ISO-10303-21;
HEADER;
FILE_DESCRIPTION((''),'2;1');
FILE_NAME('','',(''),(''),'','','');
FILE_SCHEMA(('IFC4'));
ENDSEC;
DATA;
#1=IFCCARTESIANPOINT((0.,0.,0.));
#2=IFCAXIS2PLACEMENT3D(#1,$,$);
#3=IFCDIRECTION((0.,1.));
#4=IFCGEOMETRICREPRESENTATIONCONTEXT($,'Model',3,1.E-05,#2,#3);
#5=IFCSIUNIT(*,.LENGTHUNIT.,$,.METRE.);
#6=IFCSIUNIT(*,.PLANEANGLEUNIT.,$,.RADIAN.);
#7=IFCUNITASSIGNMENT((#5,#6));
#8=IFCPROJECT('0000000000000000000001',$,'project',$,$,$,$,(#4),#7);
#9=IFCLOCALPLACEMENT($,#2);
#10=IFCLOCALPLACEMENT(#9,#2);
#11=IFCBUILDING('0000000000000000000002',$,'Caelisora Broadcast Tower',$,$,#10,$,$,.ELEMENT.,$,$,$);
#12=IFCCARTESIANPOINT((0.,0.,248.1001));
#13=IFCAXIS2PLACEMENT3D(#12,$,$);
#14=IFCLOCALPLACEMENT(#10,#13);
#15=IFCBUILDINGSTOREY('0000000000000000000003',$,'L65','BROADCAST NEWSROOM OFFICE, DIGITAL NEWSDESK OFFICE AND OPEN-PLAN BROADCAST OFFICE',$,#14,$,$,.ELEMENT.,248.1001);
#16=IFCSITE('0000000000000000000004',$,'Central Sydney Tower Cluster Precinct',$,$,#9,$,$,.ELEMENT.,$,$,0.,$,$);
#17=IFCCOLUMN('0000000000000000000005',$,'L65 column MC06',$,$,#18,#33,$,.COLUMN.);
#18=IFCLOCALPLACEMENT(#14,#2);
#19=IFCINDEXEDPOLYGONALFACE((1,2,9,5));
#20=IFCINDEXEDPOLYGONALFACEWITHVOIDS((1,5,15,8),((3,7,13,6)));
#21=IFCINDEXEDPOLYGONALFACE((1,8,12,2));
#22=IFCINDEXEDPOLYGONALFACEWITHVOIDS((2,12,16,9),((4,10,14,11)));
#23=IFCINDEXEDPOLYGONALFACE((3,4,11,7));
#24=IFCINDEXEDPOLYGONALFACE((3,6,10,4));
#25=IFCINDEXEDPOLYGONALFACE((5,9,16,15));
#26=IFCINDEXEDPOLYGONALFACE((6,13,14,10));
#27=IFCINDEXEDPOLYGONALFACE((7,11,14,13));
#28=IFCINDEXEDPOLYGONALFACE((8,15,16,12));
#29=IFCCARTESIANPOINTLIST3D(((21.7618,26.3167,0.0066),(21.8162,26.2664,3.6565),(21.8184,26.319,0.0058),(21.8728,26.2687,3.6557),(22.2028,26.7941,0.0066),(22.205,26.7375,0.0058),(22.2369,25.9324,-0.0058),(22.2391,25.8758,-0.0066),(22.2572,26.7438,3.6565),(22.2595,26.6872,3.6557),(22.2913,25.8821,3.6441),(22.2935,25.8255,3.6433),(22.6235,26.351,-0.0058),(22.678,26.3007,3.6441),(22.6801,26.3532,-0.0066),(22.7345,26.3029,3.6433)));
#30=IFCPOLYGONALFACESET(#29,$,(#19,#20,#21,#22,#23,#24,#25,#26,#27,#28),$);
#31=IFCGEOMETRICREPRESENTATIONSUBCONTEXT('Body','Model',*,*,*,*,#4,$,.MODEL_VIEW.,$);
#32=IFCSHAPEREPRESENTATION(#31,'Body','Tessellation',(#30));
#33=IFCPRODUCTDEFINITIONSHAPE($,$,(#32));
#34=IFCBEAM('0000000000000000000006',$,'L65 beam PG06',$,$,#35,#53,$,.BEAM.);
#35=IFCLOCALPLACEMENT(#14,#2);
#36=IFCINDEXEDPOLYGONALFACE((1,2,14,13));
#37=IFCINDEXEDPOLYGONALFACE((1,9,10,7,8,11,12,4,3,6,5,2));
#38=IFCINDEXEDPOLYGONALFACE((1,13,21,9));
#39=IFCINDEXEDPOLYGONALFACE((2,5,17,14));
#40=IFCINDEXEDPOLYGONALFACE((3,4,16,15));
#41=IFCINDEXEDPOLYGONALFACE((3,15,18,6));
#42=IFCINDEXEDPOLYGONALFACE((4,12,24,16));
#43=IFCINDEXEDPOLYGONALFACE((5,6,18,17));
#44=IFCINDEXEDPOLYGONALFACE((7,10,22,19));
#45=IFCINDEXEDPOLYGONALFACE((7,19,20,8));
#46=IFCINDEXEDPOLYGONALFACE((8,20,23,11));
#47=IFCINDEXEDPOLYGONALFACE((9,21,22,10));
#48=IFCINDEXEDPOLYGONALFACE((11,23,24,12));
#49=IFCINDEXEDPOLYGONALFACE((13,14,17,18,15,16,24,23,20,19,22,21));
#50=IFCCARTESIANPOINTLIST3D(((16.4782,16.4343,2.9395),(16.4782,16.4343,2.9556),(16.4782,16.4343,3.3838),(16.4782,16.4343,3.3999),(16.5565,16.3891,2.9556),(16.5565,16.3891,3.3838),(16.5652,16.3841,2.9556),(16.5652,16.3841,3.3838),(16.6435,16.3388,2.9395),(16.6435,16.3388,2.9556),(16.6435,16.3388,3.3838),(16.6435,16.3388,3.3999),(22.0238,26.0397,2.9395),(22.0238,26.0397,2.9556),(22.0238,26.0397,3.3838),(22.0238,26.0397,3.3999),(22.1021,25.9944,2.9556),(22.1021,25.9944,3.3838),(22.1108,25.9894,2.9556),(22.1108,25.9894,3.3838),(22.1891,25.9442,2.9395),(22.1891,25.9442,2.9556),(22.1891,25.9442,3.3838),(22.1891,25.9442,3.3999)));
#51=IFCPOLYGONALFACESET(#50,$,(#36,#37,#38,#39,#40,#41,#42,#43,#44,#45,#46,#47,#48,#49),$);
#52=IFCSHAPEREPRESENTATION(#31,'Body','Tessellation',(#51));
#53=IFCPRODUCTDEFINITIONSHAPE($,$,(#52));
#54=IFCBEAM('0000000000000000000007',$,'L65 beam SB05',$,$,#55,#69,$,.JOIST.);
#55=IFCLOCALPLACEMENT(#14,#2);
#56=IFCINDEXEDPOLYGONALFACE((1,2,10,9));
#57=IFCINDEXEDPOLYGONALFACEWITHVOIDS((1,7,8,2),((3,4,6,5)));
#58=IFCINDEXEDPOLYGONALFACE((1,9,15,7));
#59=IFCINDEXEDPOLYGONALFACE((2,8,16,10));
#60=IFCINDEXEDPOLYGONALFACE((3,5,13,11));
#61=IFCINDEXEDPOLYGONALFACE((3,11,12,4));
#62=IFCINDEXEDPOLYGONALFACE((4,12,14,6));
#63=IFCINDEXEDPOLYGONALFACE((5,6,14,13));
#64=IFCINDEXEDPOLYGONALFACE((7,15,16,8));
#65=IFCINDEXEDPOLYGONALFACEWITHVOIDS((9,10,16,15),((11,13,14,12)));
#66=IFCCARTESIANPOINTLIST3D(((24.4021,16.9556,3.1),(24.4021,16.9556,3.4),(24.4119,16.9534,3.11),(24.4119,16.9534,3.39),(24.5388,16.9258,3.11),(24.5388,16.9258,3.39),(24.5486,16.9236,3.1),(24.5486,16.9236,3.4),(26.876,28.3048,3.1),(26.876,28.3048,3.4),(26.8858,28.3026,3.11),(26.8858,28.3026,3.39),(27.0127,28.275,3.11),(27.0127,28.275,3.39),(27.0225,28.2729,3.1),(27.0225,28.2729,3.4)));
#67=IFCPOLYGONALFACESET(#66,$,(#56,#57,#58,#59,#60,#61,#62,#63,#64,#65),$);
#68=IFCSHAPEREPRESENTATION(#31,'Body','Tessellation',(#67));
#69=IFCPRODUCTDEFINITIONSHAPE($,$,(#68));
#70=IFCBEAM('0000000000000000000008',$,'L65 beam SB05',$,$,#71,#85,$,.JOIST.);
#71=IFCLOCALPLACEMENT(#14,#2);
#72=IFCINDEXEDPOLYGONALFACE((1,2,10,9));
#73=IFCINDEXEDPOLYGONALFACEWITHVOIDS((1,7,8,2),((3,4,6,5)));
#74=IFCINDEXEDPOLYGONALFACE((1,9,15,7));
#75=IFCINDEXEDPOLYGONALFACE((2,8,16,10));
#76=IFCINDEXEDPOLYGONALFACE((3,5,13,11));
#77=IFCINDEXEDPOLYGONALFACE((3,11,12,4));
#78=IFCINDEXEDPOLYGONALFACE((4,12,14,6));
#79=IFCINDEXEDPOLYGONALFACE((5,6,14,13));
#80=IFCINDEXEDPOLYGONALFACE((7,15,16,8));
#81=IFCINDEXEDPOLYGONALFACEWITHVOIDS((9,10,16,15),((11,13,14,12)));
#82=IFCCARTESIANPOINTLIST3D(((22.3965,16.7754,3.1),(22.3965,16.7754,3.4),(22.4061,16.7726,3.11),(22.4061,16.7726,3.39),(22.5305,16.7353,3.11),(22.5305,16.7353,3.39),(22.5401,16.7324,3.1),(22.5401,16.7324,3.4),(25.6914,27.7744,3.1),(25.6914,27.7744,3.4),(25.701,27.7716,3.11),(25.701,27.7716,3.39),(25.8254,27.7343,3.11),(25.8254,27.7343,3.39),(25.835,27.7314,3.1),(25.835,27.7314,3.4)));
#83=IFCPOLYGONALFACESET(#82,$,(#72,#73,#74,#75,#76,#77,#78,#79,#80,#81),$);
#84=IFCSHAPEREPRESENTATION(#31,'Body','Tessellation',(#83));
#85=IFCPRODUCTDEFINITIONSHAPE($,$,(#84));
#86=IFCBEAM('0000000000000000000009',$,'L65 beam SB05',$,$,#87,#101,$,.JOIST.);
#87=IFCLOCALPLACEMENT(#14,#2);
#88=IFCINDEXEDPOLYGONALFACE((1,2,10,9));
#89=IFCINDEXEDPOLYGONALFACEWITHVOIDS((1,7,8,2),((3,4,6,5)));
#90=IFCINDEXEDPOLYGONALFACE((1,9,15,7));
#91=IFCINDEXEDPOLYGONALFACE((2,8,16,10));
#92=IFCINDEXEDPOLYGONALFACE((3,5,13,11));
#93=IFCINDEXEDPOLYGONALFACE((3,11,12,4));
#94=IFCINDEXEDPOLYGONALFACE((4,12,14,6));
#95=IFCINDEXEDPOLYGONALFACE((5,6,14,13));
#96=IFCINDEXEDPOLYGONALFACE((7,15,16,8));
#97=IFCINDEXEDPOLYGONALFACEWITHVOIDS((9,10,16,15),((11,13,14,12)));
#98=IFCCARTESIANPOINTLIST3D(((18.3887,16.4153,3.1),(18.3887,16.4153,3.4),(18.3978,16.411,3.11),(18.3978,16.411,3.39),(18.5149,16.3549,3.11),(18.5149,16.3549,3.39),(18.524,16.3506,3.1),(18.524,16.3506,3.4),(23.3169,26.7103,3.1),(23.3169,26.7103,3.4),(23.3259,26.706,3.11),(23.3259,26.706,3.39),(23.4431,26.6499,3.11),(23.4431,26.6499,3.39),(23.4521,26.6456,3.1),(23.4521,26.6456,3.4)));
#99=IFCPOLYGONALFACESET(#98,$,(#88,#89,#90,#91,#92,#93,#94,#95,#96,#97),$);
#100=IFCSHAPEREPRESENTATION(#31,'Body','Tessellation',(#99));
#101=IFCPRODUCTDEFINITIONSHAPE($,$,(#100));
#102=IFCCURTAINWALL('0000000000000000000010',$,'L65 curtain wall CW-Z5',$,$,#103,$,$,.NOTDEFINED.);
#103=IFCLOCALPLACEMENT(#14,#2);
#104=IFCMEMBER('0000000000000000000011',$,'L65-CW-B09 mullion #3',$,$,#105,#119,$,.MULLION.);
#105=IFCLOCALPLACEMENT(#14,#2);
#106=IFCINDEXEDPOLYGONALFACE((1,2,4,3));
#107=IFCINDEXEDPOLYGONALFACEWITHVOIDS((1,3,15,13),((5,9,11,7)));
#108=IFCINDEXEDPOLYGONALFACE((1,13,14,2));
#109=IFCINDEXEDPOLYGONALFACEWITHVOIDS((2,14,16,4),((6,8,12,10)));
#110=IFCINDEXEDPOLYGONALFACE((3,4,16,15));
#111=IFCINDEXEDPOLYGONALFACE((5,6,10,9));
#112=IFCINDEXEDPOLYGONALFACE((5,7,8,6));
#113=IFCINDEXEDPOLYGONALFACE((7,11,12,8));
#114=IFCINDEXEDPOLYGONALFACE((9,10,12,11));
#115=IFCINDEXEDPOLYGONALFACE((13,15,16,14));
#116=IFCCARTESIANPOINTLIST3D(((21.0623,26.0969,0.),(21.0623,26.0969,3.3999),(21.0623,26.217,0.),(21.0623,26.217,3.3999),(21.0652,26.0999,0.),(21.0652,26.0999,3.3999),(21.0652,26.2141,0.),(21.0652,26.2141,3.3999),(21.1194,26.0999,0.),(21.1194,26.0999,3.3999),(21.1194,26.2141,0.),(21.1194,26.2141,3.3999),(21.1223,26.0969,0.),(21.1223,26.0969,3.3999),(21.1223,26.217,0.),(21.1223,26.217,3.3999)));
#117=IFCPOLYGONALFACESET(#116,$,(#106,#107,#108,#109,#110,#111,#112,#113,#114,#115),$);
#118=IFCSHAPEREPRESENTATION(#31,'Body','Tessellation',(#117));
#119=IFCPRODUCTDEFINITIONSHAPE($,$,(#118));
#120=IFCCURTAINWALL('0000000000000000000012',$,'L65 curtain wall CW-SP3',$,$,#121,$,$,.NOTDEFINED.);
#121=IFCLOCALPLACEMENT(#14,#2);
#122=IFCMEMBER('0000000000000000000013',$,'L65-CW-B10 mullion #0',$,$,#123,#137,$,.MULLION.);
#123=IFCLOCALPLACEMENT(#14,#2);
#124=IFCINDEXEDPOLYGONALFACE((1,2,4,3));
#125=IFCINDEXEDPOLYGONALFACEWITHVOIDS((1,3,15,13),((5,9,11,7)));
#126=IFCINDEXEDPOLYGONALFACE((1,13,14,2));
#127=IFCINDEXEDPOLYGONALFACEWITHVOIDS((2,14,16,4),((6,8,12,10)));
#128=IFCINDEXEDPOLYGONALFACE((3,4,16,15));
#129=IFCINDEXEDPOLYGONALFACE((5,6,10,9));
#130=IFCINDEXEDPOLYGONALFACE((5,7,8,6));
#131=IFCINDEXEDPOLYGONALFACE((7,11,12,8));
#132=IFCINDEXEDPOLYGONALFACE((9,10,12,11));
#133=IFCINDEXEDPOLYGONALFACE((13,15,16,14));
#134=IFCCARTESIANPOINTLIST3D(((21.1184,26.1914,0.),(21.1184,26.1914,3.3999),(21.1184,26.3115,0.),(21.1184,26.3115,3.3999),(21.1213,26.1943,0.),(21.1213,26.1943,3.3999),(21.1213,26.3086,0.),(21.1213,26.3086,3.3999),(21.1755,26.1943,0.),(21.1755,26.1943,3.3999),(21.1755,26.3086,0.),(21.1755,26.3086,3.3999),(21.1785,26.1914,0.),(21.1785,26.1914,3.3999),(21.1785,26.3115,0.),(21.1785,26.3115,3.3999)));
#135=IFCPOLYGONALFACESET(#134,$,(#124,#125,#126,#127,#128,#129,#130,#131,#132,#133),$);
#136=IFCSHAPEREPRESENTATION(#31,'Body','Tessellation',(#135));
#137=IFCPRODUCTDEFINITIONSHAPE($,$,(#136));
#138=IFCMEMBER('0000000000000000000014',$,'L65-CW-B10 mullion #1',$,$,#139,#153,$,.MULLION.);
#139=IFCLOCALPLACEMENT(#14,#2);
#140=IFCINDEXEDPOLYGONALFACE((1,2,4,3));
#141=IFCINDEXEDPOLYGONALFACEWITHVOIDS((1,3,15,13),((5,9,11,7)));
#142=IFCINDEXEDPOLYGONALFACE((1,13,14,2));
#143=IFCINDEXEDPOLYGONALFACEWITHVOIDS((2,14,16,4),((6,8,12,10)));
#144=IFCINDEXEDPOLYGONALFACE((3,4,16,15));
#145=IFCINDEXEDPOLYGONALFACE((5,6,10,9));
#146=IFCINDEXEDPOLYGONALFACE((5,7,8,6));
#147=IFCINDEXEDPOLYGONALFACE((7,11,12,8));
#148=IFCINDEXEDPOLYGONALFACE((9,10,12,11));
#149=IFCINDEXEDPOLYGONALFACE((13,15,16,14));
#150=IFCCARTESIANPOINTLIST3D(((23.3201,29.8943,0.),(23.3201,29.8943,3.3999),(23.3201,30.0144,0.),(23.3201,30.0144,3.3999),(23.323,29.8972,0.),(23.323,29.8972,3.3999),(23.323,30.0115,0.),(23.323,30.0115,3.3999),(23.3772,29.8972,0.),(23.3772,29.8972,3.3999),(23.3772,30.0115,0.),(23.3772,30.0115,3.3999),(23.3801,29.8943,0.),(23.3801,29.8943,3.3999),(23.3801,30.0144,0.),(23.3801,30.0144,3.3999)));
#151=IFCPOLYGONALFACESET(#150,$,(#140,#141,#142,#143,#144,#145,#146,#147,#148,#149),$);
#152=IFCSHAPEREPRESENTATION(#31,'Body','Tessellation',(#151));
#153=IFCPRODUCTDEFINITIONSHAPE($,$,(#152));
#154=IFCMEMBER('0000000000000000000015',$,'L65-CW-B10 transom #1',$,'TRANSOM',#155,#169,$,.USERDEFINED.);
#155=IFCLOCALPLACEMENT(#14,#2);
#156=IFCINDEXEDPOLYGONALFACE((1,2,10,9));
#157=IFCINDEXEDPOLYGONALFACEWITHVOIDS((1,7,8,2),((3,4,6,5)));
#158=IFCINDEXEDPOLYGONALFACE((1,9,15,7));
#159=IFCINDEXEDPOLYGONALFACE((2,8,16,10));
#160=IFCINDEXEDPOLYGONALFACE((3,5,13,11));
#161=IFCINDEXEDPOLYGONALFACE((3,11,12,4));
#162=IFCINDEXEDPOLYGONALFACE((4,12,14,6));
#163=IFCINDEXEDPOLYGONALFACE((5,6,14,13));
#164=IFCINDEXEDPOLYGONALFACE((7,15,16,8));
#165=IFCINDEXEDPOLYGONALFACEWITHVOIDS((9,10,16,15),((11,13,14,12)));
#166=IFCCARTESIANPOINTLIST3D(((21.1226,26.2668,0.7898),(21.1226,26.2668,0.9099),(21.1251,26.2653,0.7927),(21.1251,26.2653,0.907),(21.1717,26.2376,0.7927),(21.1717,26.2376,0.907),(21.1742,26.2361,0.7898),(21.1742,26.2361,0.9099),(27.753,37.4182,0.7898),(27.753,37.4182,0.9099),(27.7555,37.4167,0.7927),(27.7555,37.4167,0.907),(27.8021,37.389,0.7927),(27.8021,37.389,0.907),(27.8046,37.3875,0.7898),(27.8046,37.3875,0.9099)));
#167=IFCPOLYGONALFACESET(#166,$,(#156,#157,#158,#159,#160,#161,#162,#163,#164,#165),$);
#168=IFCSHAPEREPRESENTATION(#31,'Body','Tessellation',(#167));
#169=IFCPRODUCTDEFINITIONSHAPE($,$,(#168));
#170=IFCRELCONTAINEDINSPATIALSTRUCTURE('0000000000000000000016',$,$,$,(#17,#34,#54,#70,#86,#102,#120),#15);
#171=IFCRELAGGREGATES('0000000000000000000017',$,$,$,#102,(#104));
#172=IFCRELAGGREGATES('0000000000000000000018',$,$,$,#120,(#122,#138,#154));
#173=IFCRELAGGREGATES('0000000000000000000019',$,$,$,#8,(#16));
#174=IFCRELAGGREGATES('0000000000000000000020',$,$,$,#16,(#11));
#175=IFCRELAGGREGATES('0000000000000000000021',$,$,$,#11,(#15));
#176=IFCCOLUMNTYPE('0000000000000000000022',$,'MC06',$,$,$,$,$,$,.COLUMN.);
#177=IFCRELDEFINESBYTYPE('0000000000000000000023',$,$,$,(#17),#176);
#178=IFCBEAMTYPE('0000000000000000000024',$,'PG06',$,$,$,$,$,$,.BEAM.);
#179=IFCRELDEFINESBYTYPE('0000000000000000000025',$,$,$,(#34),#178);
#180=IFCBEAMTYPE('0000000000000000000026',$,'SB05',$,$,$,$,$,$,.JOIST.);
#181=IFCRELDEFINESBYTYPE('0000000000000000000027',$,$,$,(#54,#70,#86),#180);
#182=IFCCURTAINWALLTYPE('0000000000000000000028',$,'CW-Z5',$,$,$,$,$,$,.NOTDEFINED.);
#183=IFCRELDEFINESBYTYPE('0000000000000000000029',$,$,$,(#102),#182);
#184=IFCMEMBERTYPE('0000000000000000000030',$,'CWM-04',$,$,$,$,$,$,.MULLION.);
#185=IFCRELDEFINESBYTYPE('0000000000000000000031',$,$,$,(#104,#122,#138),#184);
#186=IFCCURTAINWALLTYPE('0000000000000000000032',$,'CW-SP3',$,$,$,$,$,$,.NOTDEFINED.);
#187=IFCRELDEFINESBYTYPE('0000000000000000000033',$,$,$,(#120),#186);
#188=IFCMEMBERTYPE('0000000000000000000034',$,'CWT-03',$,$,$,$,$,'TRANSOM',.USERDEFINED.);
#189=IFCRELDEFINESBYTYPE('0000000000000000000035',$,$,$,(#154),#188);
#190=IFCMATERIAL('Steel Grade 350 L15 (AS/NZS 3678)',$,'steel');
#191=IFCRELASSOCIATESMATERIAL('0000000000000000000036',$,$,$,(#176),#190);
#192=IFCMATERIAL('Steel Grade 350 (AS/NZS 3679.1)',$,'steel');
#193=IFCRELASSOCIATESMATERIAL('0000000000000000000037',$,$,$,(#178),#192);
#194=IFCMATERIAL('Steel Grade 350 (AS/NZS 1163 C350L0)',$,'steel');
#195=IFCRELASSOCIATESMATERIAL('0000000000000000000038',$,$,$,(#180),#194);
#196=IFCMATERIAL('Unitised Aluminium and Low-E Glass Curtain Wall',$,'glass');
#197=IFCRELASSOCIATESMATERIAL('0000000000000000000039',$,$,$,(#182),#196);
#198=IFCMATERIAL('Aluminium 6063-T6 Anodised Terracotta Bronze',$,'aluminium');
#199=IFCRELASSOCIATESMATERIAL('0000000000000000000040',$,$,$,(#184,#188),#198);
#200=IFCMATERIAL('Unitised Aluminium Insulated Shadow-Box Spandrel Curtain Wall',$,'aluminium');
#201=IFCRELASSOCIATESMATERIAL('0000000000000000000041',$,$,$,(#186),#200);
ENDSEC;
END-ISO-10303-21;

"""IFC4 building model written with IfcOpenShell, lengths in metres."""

from ifc_helpers import new_model, si_unit, direction, frame, origin, origin_2d, place, context, subcontext, project, spatial, hollow_rectangle, i_section, extrude, source, transform, mapped, material, material_profile, profile_set, type_object, type_shapes, element, aggregate, save


model = new_model("IFC4")

# Units and contexts
model_context = context("Model", 3, precision=1e-05, world=origin(), true_north=direction((0.0, 1.0)))
body_context = subcontext(model_context, "Body", "Model", "MODEL_VIEW")
ifc_project = project(units=[si_unit("LENGTHUNIT", "METRE"), si_unit("PLANEANGLEUNIT", "RADIAN")], contexts=[model_context])

# Site, building, storey
site_placement = place(None, origin())
site = spatial("IfcSite", under=ifc_project, at=site_placement, Name="Central Sydney Tower Cluster Precinct", CompositionType="ELEMENT", RefElevation=0.0)
building_placement = place(site_placement, origin())
building = spatial("IfcBuilding", under=site, at=building_placement, Name="Caelisora Broadcast Tower", CompositionType="ELEMENT")
storey_placement = place(building_placement, frame((0.0, 0.0, 248.1001)))
storey = spatial("IfcBuildingStorey", under=building, at=storey_placement, Name="L65", Description="BROADCAST NEWSROOM OFFICE, DIGITAL NEWSDESK OFFICE AND OPEN-PLAN BROADCAST OFFICE", CompositionType="ELEMENT", Elevation=248.1001)

# Column
ifc_material_1 = material(Name="Steel Grade 350 L15 (AS/NZS 3678)", Category="steel")
ifc_material_profile_1 = material_profile(ifc_material_1, hollow_rectangle(XDim=0.6499, YDim=0.6499, WallThickness=0.04, at=origin_2d()), Name="Steel Grade 350 L15 (AS/NZS 3678)")
ifc_profile_set_1 = profile_set([ifc_material_profile_1], Name="Steel Grade 350 L15 (AS/NZS 3678)")
column_type = type_object("IfcColumnType", Name="MC06", PredefinedType="COLUMN", material=ifc_profile_set_1)
shared_shape_1 = source(origin(), body_context, "Body", "SweptSolid", [
    extrude(hollow_rectangle(XDim=0.6499, YDim=0.6499, WallThickness=0.04, at=origin_2d()), origin(), (0.0, 0.0, 1.0), 3.6506),
])
type_shapes(column_type, [shared_shape_1])
column_placement = place(storey_placement, frame((22.2209, 26.335, 0.0), z_axis=(0.014913, -0.013776, 0.999794), x_axis=(0.678554, 0.734551, 0.0)))
element("IfcColumn", 1, at=column_placement, inside=storey, type_object=column_type, Name="L65 column MC06", PredefinedType="COLUMN", context=body_context, shape_type="MappedRepresentation", body=[
    mapped(shared_shape_1, transform((0.0, 0.0, 0.0), scale=1.0)),
])

# Beams
ifc_material_2 = material(Name="Steel Grade 350 (AS/NZS 3679.1)", Category="steel")
ifc_material_profile_2 = material_profile(ifc_material_2, i_section(OverallWidth=0.1909, OverallDepth=0.4604, WebThickness=0.01, FlangeThickness=0.0161, at=origin_2d()), Name="Steel Grade 350 (AS/NZS 3679.1)")
ifc_profile_set_2 = profile_set([ifc_material_profile_2], Name="Steel Grade 350 (AS/NZS 3679.1)")
beam_type_1 = type_object("IfcBeamType", Name="PG06", PredefinedType="BEAM", material=ifc_profile_set_2)
shared_shape_2 = source(origin(), body_context, "Body", "SweptSolid", [
    extrude(i_section(OverallWidth=0.1909, OverallDepth=0.4604, WebThickness=0.01, FlangeThickness=0.0161, at=origin_2d()), origin(), (0.0, 0.0, 1.0), 11.0913),
])
type_shapes(beam_type_1, [shared_shape_2])
beam_1_placement = place(storey_placement, frame((22.1064, 25.9919, 3.1697), z_axis=(-0.499996, -0.866028, 0.0), x_axis=(0.866028, -0.499996, 0.0)))
element("IfcBeam", 2, at=beam_1_placement, inside=storey, type_object=beam_type_1, Name="L65 beam PG06", PredefinedType="BEAM", context=body_context, shape_type="MappedRepresentation", body=[
    mapped(shared_shape_2, transform((0.0, 0.0, 0.0), scale=1.0)),
])
ifc_material_3 = material(Name="Steel Grade 350 (AS/NZS 1163 C350L0)", Category="steel")
ifc_material_profile_3 = material_profile(ifc_material_3, hollow_rectangle(XDim=0.1499, YDim=0.3, WallThickness=0.01, at=origin_2d()), Name="Steel Grade 350 (AS/NZS 1163 C350L0)")
ifc_profile_set_3 = profile_set([ifc_material_profile_3], Name="Steel Grade 350 (AS/NZS 1163 C350L0)")
beam_type_2 = type_object("IfcBeamType", Name="SB05", PredefinedType="JOIST", material=ifc_profile_set_3)
shared_shape_3 = source(origin(), body_context, "Body", "SweptSolid", [
    extrude(hollow_rectangle(XDim=0.1499, YDim=0.3, WallThickness=0.01, at=origin_2d()), origin(), (0.0, 0.0, 1.0), 11.6157),
])
beam_2_placement = place(storey_placement, frame((26.9492, 28.2888, 3.25), z_axis=(-0.212978, -0.977057, 0.0), x_axis=(0.977057, -0.212978, 0.0)))
element("IfcBeam", 3, at=beam_2_placement, inside=storey, type_object=beam_type_2, Name="L65 beam SB05", PredefinedType="JOIST", context=body_context, shape_type="MappedRepresentation", body=[
    mapped(shared_shape_3, transform((0.0, 0.0, 0.0), scale=1.0)),
])
shared_shape_4 = source(origin(), body_context, "Body", "SweptSolid", [
    extrude(hollow_rectangle(XDim=0.1499, YDim=0.3, WallThickness=0.01, at=origin_2d()), origin(), (0.0, 0.0, 1.0), 11.4819),
])
beam_3_placement = place(storey_placement, frame((25.7632, 27.7529, 3.25), z_axis=(-0.286966, -0.957941, 0.0), x_axis=(0.957941, -0.286966, 0.0)))
element("IfcBeam", 4, at=beam_3_placement, inside=storey, type_object=beam_type_2, Name="L65 beam SB05", PredefinedType="JOIST", context=body_context, shape_type="MappedRepresentation", body=[
    mapped(shared_shape_4, transform((0.0, 0.0, 0.0), scale=1.0)),
])
shared_shape_5 = source(origin(), body_context, "Body", "SweptSolid", [
    extrude(hollow_rectangle(XDim=0.1499, YDim=0.3, WallThickness=0.01, at=origin_2d()), origin(), (0.0, 0.0, 1.0), 11.4138),
])
type_shapes(beam_type_2, [shared_shape_3, shared_shape_4, shared_shape_5])
beam_4_placement = place(storey_placement, frame((23.3845, 26.678, 3.25), z_axis=(-0.431773, -0.901982, 0.0), x_axis=(0.901982, -0.431773, 0.0)))
element("IfcBeam", 5, at=beam_4_placement, inside=storey, type_object=beam_type_2, Name="L65 beam SB05", PredefinedType="JOIST", context=body_context, shape_type="MappedRepresentation", body=[
    mapped(shared_shape_5, transform((0.0, 0.0, 0.0), scale=1.0)),
])

# Curtain wall, member
ifc_material_4 = material(Name="Unitised Aluminium and Low-E Glass Curtain Wall", Category="glass")
curtain_wall_type_1 = type_object("IfcCurtainWallType", Name="CW-Z5", PredefinedType="NOTDEFINED", material=ifc_material_4)
curtain_wall_1_placement = place(storey_placement, origin())
curtain_wall_1 = element("IfcCurtainWall", 6, at=curtain_wall_1_placement, inside=storey, type_object=curtain_wall_type_1, Name="L65 curtain wall CW-Z5", PredefinedType="NOTDEFINED")
ifc_material_5 = material(Name="Aluminium 6063-T6 Anodised Terracotta Bronze", Category="aluminium")
ifc_material_profile_4 = material_profile(ifc_material_5, hollow_rectangle(XDim=0.0601, YDim=0.1201, WallThickness=0.0029, at=origin_2d()), Name="Aluminium 6063-T6 Anodised Terracotta Bronze")
ifc_profile_set_4 = profile_set([ifc_material_profile_4], Name="Aluminium 6063-T6 Anodised Terracotta Bronze")
member_type_1 = type_object("IfcMemberType", Name="CWM-04", PredefinedType="MULLION", material=ifc_profile_set_4)
shared_shape_6 = source(origin(), body_context, "Body", "SweptSolid", [
    extrude(hollow_rectangle(XDim=0.0601, YDim=0.1201, WallThickness=0.0029, at=origin_2d()), origin(), (0.0, 0.0, 1.0), 3.3999),
])
type_shapes(member_type_1, [shared_shape_6])
member_1_placement = place(storey_placement, frame((21.0923, 26.157, 0.0), z_axis=(0.0, 0.0, 1.0), x_axis=(1.0, 0.0, 0.0)))
member_1 = element("IfcMember", 7, at=member_1_placement, type_object=member_type_1, Name="L65-CW-B09 mullion #3", PredefinedType="MULLION", context=body_context, shape_type="MappedRepresentation", body=[
    mapped(shared_shape_6, transform((0.0, 0.0, 0.0), scale=1.0)),
])

# Curtain wall, members
ifc_material_6 = material(Name="Unitised Aluminium Insulated Shadow-Box Spandrel Curtain Wall", Category="aluminium")
curtain_wall_type_2 = type_object("IfcCurtainWallType", Name="CW-SP3", PredefinedType="NOTDEFINED", material=ifc_material_6)
curtain_wall_2_placement = place(storey_placement, origin())
curtain_wall_2 = element("IfcCurtainWall", 8, at=curtain_wall_2_placement, inside=storey, type_object=curtain_wall_type_2, Name="L65 curtain wall CW-SP3", PredefinedType="NOTDEFINED")
member_2_placement = place(storey_placement, frame((21.1484, 26.2515, 0.0), z_axis=(0.0, 0.0, 1.0), x_axis=(1.0, 0.0, 0.0)))
member_2 = element("IfcMember", 9, at=member_2_placement, type_object=member_type_1, Name="L65-CW-B10 mullion #0", PredefinedType="MULLION", context=body_context, shape_type="MappedRepresentation", body=[
    mapped(shared_shape_6, transform((0.0, 0.0, 0.0), scale=1.0)),
])
member_3_placement = place(storey_placement, frame((23.3501, 29.9543, 0.0), z_axis=(0.0, 0.0, 1.0), x_axis=(1.0, 0.0, 0.0)))
member_3 = element("IfcMember", 10, at=member_3_placement, type_object=member_type_1, Name="L65-CW-B10 mullion #1", PredefinedType="MULLION", context=body_context, shape_type="MappedRepresentation", body=[
    mapped(shared_shape_6, transform((0.0, 0.0, 0.0), scale=1.0)),
])
ifc_material_profile_5 = material_profile(ifc_material_5, hollow_rectangle(XDim=0.0601, YDim=0.1201, WallThickness=0.0029, at=origin_2d()), Name="Aluminium 6063-T6 Anodised Terracotta Bronze")
ifc_profile_set_5 = profile_set([ifc_material_profile_5], Name="Aluminium 6063-T6 Anodised Terracotta Bronze")
member_type_2 = type_object("IfcMemberType", Name="CWT-03", ElementType="TRANSOM", PredefinedType="USERDEFINED", material=ifc_profile_set_5)
shared_shape_7 = source(origin(), body_context, "Body", "SweptSolid", [
    extrude(hollow_rectangle(XDim=0.0601, YDim=0.1201, WallThickness=0.0029, at=origin_2d()), origin(), (0.0, 0.0, 1.0), 12.9736),
])
type_shapes(member_type_2, [shared_shape_7])
member_4_placement = place(storey_placement, frame((21.1484, 26.2515, 0.8499), z_axis=(0.511066, 0.859542, 0.0), x_axis=(-0.859542, 0.511066, 0.0)))
member_4 = element("IfcMember", 11, at=member_4_placement, type_object=member_type_2, Name="L65-CW-B10 transom #1", ObjectType="TRANSOM", PredefinedType="USERDEFINED", context=body_context, shape_type="MappedRepresentation", body=[
    mapped(shared_shape_7, transform((0.0, 0.0, 0.0), scale=1.0)),
])

aggregate(curtain_wall_1, [member_1])
aggregate(curtain_wall_2, [member_2, member_3, member_4])

save(model, "model.ifc")
